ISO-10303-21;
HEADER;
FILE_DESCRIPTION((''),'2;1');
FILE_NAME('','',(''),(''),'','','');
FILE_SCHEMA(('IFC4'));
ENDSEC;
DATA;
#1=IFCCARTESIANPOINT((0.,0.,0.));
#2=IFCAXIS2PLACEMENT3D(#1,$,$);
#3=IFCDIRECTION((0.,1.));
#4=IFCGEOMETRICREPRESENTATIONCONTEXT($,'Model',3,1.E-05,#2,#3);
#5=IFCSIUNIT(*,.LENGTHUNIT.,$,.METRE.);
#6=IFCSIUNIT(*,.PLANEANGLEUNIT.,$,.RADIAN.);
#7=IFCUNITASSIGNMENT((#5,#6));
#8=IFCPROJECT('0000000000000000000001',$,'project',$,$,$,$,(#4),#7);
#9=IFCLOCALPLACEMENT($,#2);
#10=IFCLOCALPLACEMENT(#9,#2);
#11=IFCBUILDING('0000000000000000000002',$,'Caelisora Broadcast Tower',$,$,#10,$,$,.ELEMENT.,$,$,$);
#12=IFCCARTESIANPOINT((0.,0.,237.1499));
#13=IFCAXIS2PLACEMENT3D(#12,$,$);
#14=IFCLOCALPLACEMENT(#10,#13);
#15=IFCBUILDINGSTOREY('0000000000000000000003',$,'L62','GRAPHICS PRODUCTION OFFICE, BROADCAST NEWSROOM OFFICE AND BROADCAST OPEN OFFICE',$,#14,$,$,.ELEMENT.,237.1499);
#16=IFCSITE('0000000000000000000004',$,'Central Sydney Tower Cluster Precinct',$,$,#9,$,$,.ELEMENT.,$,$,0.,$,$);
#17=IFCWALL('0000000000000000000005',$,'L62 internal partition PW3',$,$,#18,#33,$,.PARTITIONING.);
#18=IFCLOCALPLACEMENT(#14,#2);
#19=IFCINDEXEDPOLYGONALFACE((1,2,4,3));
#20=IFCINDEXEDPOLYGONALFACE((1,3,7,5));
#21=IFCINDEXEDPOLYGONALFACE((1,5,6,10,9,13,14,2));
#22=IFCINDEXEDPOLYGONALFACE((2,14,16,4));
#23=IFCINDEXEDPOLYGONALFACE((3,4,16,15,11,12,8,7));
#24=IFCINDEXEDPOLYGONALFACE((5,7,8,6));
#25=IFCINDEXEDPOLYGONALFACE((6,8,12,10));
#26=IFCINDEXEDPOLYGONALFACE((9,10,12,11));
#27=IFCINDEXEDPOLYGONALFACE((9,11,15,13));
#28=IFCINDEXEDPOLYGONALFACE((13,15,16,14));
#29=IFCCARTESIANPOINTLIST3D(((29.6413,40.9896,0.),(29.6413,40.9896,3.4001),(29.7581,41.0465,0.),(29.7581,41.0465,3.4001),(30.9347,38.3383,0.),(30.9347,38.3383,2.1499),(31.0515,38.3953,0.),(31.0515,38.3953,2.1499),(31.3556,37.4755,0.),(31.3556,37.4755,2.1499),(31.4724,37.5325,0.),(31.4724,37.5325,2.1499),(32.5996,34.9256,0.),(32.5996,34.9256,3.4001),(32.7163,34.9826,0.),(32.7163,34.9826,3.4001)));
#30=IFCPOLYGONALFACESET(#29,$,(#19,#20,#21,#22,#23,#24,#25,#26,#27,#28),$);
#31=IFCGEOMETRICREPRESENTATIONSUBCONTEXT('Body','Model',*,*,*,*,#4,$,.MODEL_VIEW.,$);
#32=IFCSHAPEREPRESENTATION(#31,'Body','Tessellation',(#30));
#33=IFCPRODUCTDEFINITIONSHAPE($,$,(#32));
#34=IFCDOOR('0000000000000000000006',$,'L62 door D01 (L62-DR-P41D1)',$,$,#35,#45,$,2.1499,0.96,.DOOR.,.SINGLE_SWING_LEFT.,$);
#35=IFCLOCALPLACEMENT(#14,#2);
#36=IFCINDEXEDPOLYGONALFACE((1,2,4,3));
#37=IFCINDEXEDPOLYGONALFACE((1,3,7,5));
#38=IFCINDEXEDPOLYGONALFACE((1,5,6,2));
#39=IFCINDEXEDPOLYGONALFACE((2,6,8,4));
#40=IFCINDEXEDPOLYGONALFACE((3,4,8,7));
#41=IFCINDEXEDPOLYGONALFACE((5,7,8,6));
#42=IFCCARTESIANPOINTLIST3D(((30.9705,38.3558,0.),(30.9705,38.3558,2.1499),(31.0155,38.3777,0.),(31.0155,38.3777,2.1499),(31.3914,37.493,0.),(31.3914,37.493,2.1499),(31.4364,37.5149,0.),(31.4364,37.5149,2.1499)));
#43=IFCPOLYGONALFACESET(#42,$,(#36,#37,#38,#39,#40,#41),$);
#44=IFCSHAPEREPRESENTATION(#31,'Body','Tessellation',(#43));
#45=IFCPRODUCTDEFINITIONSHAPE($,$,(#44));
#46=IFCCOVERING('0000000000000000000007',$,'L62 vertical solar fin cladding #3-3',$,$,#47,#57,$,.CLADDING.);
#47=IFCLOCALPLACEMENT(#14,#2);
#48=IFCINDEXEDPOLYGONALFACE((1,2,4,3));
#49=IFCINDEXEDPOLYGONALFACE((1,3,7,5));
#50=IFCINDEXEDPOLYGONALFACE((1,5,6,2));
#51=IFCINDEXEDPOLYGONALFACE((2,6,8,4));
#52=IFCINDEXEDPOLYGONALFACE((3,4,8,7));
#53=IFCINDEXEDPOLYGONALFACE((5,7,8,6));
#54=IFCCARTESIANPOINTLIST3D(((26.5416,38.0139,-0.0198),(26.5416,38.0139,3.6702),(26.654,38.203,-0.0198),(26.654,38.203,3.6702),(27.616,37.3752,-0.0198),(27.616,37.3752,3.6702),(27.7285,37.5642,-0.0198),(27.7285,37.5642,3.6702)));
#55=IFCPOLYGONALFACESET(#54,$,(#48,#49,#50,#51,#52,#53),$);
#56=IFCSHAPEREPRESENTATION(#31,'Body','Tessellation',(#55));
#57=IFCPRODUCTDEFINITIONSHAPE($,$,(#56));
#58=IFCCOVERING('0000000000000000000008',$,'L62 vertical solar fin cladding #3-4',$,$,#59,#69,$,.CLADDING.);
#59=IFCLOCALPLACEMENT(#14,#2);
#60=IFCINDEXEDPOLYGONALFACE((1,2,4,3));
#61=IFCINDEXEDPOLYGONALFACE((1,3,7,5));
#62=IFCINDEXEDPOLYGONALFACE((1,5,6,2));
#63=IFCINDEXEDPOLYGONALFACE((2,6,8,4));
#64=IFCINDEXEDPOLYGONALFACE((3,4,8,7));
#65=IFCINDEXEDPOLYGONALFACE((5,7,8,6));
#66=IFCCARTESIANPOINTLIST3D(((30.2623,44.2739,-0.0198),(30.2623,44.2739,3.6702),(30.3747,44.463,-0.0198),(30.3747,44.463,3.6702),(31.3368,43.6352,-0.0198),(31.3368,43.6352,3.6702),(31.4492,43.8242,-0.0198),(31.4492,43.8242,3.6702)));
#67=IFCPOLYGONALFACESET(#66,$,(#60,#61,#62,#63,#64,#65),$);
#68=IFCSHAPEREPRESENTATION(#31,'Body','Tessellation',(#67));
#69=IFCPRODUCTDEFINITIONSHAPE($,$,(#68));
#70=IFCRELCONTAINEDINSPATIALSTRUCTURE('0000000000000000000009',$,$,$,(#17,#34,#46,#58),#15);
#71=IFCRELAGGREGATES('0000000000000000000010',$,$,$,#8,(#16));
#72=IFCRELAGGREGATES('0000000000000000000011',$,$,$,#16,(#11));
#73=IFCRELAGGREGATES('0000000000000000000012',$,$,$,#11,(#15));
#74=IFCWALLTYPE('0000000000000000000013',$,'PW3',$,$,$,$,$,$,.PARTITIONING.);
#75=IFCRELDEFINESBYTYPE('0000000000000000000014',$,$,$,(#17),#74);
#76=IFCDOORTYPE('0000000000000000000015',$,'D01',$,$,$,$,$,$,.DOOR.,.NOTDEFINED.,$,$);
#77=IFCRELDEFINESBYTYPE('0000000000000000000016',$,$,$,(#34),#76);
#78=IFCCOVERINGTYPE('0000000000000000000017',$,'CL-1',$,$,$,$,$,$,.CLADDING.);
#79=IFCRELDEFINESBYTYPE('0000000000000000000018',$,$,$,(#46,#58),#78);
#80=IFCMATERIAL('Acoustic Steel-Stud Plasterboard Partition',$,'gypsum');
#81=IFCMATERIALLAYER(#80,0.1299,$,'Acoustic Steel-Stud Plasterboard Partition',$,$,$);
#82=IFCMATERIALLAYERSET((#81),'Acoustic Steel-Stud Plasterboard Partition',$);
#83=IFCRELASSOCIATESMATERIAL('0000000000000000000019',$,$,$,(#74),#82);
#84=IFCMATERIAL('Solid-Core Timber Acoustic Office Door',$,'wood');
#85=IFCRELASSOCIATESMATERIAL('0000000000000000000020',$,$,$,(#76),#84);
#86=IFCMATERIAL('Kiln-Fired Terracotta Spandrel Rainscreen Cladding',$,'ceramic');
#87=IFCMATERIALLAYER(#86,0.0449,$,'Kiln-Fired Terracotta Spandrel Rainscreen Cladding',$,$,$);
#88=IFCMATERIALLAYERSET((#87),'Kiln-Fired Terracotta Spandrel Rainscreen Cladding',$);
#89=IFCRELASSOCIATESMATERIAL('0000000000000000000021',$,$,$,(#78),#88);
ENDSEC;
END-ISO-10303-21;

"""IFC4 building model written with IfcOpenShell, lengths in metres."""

from ifc_helpers import new_model, si_unit, direction, frame, frame_2d, origin, origin_2d, place, context, subcontext, project, spatial, rectangle, extrude, source, transform, mapped, material, layer, layer_set, type_object, type_shapes, element, fill, save


model = new_model("IFC4")

# Units and contexts
model_context = context("Model", 3, precision=1e-05, world=origin(), true_north=direction((0.0, 1.0)))
body_context = subcontext(model_context, "Body", "Model", "MODEL_VIEW")
ifc_project = project(units=[si_unit("LENGTHUNIT", "METRE"), si_unit("PLANEANGLEUNIT", "RADIAN")], contexts=[model_context])

# Site, building, storey
site_placement = place(None, origin())
site = spatial("IfcSite", under=ifc_project, at=site_placement, Name="Central Sydney Tower Cluster Precinct", CompositionType="ELEMENT", RefElevation=0.0)
building_placement = place(site_placement, origin())
building = spatial("IfcBuilding", under=site, at=building_placement, Name="Caelisora Broadcast Tower", CompositionType="ELEMENT")
storey_placement = place(building_placement, frame((0.0, 0.0, 237.1499)))
storey = spatial("IfcBuildingStorey", under=building, at=storey_placement, Name="L62", Description="GRAPHICS PRODUCTION OFFICE, BROADCAST NEWSROOM OFFICE AND BROADCAST OPEN OFFICE", CompositionType="ELEMENT", Elevation=237.1499)

# Wall, opening, door
ifc_material_1 = material(Name="Acoustic Steel-Stud Plasterboard Partition", Category="gypsum")
ifc_layer_1 = layer(ifc_material_1, 0.1299, Name="Acoustic Steel-Stud Plasterboard Partition")
ifc_layer_set_1 = layer_set([ifc_layer_1], Name="Acoustic Steel-Stud Plasterboard Partition")
wall_type_1 = type_object("IfcWallType", Name="PW3", PredefinedType="PARTITIONING", material=ifc_layer_set_1)
wall_1_placement = place(storey_placement, frame((29.6997, 41.0181, 0.0), z_axis=(0.0, 0.0, 1.0), x_axis=(0.43845, -0.898756, 0.0)))
wall_1 = element("IfcWall", 1, at=wall_1_placement, inside=storey, type_object=wall_type_1, Name="L62 internal partition PW3", PredefinedType="PARTITIONING", context=body_context, shape_type="SweptSolid", body=[
    extrude(rectangle(XDim=6.7471, YDim=0.1299, at=frame_2d((3.3735, 0.0))), origin(), (0.0, 0.0, 1.0), 3.4001),
])
opening_1_placement = place(wall_1_placement, frame((2.95, 0.0, 0.0)))
opening_1 = element("IfcOpeningElement", 2, at=opening_1_placement, cuts=wall_1, PredefinedType="OPENING", context=body_context, shape_type="SweptSolid", body=[
    extrude(rectangle(XDim=0.96, YDim=2.1499, at=frame_2d((0.48, 1.075))), frame((0.0, 0.0769, 0.0), z_axis=(0.0, -1.0, 0.0), x_axis=(1.0, 0.0, 0.0)), (0.0, 0.0, 1.0), 0.1538),
])
ifc_material_2 = material(Name="Solid-Core Timber Acoustic Office Door", Category="wood")
door_type = type_object("IfcDoorType", Name="D01", OperationType="NOTDEFINED", PredefinedType="DOOR", material=ifc_material_2)
door_placement = place(opening_1_placement, origin())
door = element("IfcDoor", 3, at=door_placement, inside=storey, type_object=door_type, Name="L62 door D01 (L62-DR-P41D1)", OperationType="SINGLE_SWING_LEFT", OverallHeight=2.1499, OverallWidth=0.96, PredefinedType="DOOR", context=body_context, shape_type="SweptSolid", body=[
    extrude(rectangle(XDim=0.96, YDim=2.1499, at=frame_2d((0.48, 1.075))), frame((0.0, 0.0249, 0.0), z_axis=(0.0, -1.0, 0.0), x_axis=(1.0, 0.0, 0.0)), (0.0, 0.0, 1.0), 0.05),
])
fill(opening_1, door)

# Coverings
ifc_material_3 = material(Name="Kiln-Fired Terracotta Spandrel Rainscreen Cladding", Category="ceramic")
ifc_layer_2 = layer(ifc_material_3, 0.0449, Name="Kiln-Fired Terracotta Spandrel Rainscreen Cladding")
ifc_layer_set_2 = layer_set([ifc_layer_2], Name="Kiln-Fired Terracotta Spandrel Rainscreen Cladding")
covering_type = type_object("IfcCoveringType", Name="CL-1", PredefinedType="CLADDING", material=ifc_layer_set_2)
shared_shape_1 = source(origin(), body_context, "Body", "SweptSolid", [
    extrude(rectangle(XDim=0.22, YDim=1.25, at=origin_2d()), origin(), (0.0, 0.0, 1.0), 3.6899),
])
type_shapes(covering_type, [shared_shape_1])
for number, where, z_axis, x_axis, name in (
    (4, (27.135, 37.7891, -0.0198), (0.0, 0.0, 1.0), (0.510993, 0.859585, 0.0), "L62 vertical solar fin cladding #3-3"),
    (5, (30.8557, 44.0491, -0.0198), (0.0, 0.0, 1.0), (0.510993, 0.859585, 0.0), "L62 vertical solar fin cladding #3-4"),
):
    element("IfcCovering", number, at=place(storey_placement, frame(where, z_axis=z_axis, x_axis=x_axis)), inside=storey, type_object=covering_type, Name=name, PredefinedType="CLADDING", context=body_context, shape_type="MappedRepresentation", body=[
        mapped(shared_shape_1, transform((0.0, 0.0, 0.0), scale=1.0)),
    ])

save(model, "model.ifc")
